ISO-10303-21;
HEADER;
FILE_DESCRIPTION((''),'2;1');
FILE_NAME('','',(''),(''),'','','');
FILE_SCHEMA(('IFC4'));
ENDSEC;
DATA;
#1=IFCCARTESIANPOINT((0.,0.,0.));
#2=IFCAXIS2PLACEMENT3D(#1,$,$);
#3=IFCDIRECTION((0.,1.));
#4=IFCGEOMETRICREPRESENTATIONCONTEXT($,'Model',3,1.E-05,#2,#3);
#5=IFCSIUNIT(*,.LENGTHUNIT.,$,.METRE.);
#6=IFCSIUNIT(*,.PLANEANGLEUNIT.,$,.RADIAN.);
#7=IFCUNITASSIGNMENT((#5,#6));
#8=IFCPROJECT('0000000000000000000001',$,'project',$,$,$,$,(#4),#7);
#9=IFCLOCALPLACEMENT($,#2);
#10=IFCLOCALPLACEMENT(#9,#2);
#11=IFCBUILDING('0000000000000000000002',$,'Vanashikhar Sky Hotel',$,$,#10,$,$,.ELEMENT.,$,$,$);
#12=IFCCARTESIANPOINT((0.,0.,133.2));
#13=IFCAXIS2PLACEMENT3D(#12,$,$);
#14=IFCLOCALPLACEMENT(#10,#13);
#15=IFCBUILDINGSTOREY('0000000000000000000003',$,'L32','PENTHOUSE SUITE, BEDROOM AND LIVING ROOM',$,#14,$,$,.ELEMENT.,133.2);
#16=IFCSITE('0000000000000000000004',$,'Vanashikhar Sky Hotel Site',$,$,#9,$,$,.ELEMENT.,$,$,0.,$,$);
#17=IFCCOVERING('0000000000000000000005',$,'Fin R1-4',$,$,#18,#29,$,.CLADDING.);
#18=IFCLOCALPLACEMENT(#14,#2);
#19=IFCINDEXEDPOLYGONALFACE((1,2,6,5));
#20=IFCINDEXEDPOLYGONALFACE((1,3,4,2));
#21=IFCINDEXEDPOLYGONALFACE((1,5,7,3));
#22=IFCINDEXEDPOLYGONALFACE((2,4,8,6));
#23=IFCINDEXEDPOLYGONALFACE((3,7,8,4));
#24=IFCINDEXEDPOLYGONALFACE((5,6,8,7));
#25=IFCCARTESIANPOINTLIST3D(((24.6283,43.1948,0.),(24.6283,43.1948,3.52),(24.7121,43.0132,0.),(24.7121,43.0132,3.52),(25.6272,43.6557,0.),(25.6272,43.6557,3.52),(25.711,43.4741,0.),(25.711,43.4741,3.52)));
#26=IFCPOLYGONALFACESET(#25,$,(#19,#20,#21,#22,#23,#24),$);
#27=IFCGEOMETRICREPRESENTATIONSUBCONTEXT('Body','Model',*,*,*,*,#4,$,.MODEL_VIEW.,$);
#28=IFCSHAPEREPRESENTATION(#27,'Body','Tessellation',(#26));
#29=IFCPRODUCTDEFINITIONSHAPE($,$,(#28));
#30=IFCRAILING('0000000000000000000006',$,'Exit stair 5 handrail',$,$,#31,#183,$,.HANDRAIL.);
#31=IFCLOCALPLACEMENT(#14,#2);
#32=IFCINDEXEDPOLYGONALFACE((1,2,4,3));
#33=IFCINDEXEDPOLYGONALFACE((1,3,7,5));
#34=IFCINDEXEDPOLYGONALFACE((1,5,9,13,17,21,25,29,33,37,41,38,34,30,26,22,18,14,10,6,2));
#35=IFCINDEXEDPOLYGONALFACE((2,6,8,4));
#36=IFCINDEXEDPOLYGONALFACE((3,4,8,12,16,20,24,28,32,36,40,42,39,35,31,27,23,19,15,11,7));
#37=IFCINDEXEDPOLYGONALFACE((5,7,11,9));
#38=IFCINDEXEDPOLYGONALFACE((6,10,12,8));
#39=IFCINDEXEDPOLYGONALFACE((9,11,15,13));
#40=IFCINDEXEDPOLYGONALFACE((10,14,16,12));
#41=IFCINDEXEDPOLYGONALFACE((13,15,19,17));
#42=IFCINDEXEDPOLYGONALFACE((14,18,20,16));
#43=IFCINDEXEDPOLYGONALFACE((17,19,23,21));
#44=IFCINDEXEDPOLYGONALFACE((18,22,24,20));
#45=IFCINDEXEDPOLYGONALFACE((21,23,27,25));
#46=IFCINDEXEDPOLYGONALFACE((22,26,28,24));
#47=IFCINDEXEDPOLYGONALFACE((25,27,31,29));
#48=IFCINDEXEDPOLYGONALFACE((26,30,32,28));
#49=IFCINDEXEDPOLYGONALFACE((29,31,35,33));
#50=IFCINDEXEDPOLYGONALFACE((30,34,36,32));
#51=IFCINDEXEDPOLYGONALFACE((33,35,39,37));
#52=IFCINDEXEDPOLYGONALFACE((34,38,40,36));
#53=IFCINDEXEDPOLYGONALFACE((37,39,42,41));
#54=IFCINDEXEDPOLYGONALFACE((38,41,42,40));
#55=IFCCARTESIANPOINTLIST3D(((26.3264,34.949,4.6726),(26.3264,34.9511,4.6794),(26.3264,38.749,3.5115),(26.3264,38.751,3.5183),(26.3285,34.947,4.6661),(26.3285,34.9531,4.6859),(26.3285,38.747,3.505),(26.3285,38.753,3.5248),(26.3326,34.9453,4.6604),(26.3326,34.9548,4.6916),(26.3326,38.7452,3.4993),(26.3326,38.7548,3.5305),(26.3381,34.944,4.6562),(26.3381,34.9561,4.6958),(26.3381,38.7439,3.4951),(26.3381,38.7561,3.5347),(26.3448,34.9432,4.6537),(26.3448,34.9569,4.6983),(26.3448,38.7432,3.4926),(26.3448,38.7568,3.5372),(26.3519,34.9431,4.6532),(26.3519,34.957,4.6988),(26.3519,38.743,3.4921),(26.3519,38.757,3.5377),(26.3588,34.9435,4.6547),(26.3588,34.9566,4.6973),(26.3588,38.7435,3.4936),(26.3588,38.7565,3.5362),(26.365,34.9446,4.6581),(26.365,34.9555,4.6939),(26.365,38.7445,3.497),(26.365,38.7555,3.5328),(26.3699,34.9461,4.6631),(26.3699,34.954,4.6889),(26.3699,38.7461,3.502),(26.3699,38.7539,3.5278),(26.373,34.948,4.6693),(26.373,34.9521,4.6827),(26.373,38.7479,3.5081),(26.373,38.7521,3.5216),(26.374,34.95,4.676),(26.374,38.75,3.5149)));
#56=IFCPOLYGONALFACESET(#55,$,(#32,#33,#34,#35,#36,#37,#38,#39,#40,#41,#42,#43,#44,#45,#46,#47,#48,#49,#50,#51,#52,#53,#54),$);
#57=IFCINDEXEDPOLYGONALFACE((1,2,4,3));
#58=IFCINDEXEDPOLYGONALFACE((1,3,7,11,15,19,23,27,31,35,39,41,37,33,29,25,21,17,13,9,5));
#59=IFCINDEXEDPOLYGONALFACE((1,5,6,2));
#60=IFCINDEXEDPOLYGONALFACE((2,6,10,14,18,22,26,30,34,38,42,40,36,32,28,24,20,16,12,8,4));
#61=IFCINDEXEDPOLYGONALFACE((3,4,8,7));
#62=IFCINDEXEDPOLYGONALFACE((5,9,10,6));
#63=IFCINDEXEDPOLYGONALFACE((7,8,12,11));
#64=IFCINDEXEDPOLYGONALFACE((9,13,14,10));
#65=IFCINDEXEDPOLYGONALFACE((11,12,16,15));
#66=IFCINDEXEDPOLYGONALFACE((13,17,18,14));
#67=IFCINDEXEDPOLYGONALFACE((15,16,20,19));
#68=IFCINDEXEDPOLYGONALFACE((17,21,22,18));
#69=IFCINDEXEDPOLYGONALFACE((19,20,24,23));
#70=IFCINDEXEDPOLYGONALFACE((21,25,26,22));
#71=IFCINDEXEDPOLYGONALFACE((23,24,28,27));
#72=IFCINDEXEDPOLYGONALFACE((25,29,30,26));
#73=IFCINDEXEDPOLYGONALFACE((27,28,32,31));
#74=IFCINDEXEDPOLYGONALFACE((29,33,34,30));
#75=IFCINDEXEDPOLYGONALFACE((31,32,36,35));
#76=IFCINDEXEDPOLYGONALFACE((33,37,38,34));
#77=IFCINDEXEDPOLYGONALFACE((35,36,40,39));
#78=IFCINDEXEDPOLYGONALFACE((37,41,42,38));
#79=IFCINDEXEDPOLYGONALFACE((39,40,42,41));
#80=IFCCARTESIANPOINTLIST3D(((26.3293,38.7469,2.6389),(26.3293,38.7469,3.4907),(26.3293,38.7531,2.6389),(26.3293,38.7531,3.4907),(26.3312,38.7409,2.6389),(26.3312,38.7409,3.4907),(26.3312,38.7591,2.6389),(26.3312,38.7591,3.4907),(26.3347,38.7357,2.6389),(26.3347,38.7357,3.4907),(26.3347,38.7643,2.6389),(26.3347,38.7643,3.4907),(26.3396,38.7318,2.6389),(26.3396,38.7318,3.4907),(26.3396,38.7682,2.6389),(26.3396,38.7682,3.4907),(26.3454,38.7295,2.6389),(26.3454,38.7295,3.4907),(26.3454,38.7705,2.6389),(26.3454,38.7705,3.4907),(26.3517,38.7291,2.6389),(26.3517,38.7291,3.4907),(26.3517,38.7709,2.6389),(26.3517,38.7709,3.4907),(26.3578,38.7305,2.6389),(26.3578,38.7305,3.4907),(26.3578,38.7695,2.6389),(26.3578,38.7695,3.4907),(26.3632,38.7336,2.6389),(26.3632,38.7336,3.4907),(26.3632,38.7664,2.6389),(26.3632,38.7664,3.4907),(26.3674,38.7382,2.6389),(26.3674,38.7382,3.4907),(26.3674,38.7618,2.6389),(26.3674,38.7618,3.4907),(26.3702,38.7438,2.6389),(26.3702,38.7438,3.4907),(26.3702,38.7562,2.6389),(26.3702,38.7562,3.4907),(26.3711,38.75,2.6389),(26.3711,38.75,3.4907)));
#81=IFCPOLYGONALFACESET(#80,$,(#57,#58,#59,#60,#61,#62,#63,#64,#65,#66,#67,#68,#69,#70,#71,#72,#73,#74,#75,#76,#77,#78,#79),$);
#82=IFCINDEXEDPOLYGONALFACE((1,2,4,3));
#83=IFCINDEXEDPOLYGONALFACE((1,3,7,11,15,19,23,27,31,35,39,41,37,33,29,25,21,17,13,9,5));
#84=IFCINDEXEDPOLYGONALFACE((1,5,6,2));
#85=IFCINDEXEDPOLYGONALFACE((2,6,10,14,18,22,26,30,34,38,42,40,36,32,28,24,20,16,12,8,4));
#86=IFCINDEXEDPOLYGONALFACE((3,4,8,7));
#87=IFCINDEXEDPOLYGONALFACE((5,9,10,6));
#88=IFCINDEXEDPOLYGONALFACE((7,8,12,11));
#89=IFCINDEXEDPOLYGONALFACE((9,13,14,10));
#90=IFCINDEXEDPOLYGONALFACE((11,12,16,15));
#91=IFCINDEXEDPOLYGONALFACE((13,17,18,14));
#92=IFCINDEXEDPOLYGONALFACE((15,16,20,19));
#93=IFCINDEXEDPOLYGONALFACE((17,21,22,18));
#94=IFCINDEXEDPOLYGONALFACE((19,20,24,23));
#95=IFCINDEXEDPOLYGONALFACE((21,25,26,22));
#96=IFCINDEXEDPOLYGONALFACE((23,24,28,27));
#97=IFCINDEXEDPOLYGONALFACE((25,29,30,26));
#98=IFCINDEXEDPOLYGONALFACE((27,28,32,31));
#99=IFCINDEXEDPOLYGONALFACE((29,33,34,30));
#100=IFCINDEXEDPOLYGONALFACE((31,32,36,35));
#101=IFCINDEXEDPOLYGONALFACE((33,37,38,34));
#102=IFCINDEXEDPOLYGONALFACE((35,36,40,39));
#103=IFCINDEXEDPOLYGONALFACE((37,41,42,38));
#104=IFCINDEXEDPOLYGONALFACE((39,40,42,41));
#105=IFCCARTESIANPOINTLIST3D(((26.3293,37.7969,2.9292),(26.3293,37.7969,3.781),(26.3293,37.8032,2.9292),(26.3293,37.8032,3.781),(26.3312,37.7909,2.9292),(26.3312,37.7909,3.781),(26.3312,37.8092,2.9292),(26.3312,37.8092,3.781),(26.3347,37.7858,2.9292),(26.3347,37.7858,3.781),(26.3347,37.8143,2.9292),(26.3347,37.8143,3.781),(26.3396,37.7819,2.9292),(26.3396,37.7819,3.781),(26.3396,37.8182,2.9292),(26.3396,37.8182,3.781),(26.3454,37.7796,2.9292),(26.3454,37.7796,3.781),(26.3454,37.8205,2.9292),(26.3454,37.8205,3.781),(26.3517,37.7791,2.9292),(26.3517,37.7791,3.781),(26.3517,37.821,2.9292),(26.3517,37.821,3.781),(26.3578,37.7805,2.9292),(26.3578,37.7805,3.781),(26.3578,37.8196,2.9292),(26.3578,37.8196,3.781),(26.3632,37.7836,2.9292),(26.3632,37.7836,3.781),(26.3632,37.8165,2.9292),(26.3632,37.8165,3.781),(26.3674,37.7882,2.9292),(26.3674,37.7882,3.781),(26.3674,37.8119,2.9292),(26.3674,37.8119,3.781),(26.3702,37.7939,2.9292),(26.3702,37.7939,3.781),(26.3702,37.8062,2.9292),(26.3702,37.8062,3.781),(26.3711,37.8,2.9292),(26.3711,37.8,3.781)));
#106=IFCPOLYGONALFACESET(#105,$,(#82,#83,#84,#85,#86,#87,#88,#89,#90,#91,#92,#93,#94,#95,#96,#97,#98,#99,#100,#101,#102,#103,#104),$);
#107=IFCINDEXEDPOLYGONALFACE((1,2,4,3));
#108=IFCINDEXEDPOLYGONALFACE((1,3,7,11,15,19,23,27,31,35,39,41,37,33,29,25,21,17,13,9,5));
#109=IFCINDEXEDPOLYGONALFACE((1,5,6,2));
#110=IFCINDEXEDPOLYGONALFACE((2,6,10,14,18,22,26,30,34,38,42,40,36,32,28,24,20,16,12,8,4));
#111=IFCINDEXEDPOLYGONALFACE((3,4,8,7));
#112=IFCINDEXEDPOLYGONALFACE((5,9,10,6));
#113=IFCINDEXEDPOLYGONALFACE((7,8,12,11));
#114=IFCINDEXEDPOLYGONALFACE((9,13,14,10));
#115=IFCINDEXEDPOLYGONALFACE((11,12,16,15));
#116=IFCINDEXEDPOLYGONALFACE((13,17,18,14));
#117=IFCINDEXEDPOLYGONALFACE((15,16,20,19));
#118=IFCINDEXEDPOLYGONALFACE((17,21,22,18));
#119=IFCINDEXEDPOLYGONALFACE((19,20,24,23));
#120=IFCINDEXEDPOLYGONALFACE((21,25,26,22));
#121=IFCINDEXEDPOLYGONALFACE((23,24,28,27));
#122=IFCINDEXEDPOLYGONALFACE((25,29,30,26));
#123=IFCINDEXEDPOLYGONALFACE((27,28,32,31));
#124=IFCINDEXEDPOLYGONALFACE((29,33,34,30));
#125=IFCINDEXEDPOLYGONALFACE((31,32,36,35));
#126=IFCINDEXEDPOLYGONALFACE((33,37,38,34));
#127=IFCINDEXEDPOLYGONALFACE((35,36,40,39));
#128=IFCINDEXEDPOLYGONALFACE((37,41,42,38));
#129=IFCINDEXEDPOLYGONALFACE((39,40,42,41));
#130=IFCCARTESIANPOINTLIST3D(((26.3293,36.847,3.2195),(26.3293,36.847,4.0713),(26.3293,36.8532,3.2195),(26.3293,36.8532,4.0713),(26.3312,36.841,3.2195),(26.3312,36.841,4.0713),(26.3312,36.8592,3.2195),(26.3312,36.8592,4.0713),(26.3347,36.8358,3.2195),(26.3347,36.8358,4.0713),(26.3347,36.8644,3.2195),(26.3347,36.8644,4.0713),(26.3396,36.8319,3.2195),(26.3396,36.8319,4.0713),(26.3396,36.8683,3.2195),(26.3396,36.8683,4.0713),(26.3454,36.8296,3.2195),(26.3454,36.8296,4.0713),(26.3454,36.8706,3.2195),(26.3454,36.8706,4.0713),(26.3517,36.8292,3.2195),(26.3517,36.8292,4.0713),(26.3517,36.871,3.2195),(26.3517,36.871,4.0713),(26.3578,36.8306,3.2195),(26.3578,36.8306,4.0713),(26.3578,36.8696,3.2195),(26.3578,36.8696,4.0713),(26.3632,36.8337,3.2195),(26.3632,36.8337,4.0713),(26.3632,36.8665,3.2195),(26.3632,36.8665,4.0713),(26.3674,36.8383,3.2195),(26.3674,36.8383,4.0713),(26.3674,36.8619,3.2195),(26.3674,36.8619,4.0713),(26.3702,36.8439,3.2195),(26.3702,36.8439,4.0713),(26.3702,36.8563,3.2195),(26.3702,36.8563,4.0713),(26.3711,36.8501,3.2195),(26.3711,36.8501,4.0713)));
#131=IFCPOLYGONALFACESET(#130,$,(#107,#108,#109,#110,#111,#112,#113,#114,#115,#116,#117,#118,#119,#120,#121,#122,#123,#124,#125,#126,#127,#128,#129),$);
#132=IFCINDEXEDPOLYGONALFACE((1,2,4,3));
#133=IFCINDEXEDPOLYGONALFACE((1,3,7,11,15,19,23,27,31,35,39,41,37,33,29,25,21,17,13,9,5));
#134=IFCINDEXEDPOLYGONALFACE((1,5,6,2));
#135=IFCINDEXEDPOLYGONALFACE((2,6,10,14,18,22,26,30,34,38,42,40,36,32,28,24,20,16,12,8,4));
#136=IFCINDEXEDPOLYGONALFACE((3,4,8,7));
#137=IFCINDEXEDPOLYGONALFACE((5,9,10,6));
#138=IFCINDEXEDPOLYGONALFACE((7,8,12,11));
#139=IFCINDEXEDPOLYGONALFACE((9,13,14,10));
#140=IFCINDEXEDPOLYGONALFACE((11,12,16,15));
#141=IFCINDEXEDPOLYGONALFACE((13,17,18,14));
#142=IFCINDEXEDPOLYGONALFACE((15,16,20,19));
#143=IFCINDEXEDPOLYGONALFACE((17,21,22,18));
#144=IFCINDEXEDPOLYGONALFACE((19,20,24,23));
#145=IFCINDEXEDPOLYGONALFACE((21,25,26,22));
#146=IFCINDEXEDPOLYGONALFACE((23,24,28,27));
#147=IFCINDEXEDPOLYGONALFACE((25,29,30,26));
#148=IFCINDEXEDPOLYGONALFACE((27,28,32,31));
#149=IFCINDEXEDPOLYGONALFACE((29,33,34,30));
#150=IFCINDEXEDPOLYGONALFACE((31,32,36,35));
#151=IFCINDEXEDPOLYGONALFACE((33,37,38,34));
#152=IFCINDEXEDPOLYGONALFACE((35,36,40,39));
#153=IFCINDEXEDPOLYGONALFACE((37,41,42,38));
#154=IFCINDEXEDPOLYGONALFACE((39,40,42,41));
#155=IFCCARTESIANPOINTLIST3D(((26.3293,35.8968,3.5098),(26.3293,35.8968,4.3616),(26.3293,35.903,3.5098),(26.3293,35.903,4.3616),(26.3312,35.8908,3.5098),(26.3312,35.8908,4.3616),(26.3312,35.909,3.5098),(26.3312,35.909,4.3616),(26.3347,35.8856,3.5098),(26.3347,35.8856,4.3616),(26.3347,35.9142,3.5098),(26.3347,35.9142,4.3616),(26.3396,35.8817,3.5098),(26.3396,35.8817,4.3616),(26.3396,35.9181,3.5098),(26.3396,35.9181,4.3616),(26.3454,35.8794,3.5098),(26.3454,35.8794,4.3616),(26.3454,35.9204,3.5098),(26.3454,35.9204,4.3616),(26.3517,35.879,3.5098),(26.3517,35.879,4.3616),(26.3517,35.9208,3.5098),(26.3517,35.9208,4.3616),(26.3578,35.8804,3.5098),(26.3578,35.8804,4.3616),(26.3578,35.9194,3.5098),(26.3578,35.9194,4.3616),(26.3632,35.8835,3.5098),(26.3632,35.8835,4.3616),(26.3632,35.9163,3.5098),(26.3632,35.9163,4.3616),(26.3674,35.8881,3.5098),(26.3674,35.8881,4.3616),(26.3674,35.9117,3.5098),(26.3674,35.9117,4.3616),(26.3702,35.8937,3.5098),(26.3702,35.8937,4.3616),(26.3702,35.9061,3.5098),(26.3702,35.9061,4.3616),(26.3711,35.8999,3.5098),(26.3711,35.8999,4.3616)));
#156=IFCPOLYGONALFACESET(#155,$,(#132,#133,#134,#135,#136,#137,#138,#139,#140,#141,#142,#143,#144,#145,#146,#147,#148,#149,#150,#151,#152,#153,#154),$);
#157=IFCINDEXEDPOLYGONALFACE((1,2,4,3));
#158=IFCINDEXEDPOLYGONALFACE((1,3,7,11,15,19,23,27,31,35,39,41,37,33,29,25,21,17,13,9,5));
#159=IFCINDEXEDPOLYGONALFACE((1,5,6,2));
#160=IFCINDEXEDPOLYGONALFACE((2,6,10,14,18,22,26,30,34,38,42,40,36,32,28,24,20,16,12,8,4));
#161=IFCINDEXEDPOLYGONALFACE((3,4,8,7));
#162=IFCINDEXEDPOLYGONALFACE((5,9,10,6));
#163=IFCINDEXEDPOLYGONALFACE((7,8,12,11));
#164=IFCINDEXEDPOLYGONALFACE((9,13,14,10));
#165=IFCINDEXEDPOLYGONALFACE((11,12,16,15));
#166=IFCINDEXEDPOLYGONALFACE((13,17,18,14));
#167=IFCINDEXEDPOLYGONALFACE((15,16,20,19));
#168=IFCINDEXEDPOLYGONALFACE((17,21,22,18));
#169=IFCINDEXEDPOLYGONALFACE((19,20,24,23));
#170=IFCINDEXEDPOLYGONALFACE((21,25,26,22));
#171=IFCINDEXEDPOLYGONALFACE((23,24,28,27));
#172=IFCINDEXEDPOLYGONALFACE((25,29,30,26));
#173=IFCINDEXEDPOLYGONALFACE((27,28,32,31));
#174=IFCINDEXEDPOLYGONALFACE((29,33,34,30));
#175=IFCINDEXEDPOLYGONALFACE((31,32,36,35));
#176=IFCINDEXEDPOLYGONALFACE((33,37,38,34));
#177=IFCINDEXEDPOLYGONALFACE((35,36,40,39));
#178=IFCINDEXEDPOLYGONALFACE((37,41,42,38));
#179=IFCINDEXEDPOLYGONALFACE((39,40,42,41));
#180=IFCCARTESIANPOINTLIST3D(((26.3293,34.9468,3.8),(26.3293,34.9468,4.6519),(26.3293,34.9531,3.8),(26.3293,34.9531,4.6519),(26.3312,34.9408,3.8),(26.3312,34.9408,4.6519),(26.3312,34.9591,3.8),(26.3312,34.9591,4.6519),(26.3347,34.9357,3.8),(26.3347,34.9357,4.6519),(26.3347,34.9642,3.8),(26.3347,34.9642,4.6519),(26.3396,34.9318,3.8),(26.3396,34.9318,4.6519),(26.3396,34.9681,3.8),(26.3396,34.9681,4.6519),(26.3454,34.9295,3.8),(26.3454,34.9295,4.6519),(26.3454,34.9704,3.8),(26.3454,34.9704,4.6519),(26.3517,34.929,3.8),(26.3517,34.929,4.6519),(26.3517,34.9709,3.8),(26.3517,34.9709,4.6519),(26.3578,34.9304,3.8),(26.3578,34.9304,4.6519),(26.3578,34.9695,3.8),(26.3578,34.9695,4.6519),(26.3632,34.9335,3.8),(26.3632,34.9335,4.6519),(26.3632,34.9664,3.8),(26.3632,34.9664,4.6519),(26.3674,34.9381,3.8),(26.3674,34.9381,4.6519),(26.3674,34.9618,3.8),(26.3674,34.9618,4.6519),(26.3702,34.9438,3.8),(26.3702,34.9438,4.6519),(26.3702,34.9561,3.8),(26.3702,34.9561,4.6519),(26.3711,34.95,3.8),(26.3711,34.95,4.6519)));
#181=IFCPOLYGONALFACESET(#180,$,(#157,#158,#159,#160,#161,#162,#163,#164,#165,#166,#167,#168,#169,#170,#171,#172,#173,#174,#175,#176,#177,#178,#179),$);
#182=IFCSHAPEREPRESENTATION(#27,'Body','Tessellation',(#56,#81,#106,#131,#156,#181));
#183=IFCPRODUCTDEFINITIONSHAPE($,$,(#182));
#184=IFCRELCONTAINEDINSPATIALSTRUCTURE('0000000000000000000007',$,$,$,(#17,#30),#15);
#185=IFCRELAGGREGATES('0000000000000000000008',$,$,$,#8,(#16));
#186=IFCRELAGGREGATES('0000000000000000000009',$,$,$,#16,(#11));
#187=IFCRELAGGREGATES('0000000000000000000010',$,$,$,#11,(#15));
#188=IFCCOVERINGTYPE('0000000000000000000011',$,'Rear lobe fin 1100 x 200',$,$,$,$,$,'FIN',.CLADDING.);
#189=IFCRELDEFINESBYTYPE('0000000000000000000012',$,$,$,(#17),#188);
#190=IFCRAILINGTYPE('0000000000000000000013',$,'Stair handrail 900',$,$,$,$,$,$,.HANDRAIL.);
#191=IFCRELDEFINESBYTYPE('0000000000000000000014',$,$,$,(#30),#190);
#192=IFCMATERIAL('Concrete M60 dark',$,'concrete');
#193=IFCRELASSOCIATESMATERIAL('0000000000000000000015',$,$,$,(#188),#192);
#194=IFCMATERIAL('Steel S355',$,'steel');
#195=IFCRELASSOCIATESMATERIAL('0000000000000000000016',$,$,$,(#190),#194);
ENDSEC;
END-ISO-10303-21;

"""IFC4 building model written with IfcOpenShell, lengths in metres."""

from ifc_helpers import new_model, si_unit, direction, frame, origin, origin_2d, place, context, subcontext, project, spatial, rectangle, circle, extrude, source, transform, mapped, material, material_profile, profile_set, type_object, element, save


model = new_model("IFC4")

# Units and contexts
model_context = context("Model", 3, precision=1e-05, world=origin(), true_north=direction((0.0, 1.0)))
body_context = subcontext(model_context, "Body", "Model", "MODEL_VIEW")
ifc_project = project(units=[si_unit("LENGTHUNIT", "METRE"), si_unit("PLANEANGLEUNIT", "RADIAN")], contexts=[model_context])

# Site, building, storey
site_placement = place(None, origin())
site = spatial("IfcSite", under=ifc_project, at=site_placement, Name="Vanashikhar Sky Hotel Site", CompositionType="ELEMENT", RefElevation=0.0)
building_placement = place(site_placement, origin())
building = spatial("IfcBuilding", under=site, at=building_placement, Name="Vanashikhar Sky Hotel", CompositionType="ELEMENT")
storey_placement = place(building_placement, frame((0.0, 0.0, 133.2)))
storey = spatial("IfcBuildingStorey", under=building, at=storey_placement, Name="L32", Description="PENTHOUSE SUITE, BEDROOM AND LIVING ROOM", CompositionType="ELEMENT", Elevation=133.2)

# Covering
ifc_material_1 = material(Name="Concrete M60 dark", Category="concrete")
ifc_material_profile = material_profile(ifc_material_1, rectangle(XDim=1.1001, YDim=0.2, at=origin_2d()))
ifc_profile_set = profile_set([ifc_material_profile], Name="Rear lobe fin 1100 x 200")
covering_type = type_object("IfcCoveringType", Name="Rear lobe fin 1100 x 200", ElementType="FIN", PredefinedType="CLADDING", material=ifc_profile_set)
shared_shape_1 = source(origin(), body_context, "Body", "SweptSolid", [
    extrude(rectangle(XDim=1.1001, YDim=0.2, at=origin_2d()), origin(), (0.0, 0.0, 1.0), 3.52),
])
for number, where, z_axis, x_axis, name in (
    (1, (25.1697, 43.3345, 0.0), (0.0, 0.0, 1.0), (0.908004, 0.418961, 0.0), "Fin R1-4"),
):
    element("IfcCovering", number, at=place(storey_placement, frame(where, z_axis=z_axis, x_axis=x_axis)), inside=storey, type_object=covering_type, Name=name, PredefinedType="CLADDING", context=body_context, shape_type="MappedRepresentation", body=[
        mapped(shared_shape_1, transform((0.0, 0.0, 0.0), scale=1.0)),
    ])

# Railing
ifc_material_2 = material(Name="Steel S355", Category="steel")
railing_type = type_object("IfcRailingType", Name="Stair handrail 900", PredefinedType="HANDRAIL", material=ifc_material_2)
shared_shape_2 = source(origin(), body_context, "Body", "SweptSolid", [
    extrude(circle(Radius=0.0239, at=origin_2d()), frame((0.0, 0.0, 0.876), z_axis=(0.0, -0.956351, 0.29222), x_axis=(1.0, 0.0, 0.0)), (0.0, 0.0, 1.0), 3.9734),
    extrude(circle(Radius=0.021, at=origin_2d()), origin(), (0.0, 0.0, 1.0), 0.8518),
    extrude(circle(Radius=0.021, at=origin_2d()), frame((0.0, -0.95, 0.2903)), (0.0, 0.0, 1.0), 0.8518),
    extrude(circle(Radius=0.021, at=origin_2d()), frame((0.0, -1.8999, 0.5806)), (0.0, 0.0, 1.0), 0.8518),
    extrude(circle(Radius=0.021, at=origin_2d()), frame((0.0, -2.8501, 0.8708)), (0.0, 0.0, 1.0), 0.8518),
    extrude(circle(Radius=0.021, at=origin_2d()), frame((0.0, -3.8, 1.1611)), (0.0, 0.0, 1.0), 0.8518),
])
railing_1_placement = place(storey_placement, frame((26.3501, 38.75, 2.6389)))
element("IfcRailing", 2, at=railing_1_placement, inside=storey, type_object=railing_type, Name="Exit stair 5 handrail", PredefinedType="HANDRAIL", context=body_context, shape_type="MappedRepresentation", body=[
    mapped(shared_shape_2, transform((0.0, 0.0, 0.0), scale=1.0)),
])

save(model, "model.ifc")
